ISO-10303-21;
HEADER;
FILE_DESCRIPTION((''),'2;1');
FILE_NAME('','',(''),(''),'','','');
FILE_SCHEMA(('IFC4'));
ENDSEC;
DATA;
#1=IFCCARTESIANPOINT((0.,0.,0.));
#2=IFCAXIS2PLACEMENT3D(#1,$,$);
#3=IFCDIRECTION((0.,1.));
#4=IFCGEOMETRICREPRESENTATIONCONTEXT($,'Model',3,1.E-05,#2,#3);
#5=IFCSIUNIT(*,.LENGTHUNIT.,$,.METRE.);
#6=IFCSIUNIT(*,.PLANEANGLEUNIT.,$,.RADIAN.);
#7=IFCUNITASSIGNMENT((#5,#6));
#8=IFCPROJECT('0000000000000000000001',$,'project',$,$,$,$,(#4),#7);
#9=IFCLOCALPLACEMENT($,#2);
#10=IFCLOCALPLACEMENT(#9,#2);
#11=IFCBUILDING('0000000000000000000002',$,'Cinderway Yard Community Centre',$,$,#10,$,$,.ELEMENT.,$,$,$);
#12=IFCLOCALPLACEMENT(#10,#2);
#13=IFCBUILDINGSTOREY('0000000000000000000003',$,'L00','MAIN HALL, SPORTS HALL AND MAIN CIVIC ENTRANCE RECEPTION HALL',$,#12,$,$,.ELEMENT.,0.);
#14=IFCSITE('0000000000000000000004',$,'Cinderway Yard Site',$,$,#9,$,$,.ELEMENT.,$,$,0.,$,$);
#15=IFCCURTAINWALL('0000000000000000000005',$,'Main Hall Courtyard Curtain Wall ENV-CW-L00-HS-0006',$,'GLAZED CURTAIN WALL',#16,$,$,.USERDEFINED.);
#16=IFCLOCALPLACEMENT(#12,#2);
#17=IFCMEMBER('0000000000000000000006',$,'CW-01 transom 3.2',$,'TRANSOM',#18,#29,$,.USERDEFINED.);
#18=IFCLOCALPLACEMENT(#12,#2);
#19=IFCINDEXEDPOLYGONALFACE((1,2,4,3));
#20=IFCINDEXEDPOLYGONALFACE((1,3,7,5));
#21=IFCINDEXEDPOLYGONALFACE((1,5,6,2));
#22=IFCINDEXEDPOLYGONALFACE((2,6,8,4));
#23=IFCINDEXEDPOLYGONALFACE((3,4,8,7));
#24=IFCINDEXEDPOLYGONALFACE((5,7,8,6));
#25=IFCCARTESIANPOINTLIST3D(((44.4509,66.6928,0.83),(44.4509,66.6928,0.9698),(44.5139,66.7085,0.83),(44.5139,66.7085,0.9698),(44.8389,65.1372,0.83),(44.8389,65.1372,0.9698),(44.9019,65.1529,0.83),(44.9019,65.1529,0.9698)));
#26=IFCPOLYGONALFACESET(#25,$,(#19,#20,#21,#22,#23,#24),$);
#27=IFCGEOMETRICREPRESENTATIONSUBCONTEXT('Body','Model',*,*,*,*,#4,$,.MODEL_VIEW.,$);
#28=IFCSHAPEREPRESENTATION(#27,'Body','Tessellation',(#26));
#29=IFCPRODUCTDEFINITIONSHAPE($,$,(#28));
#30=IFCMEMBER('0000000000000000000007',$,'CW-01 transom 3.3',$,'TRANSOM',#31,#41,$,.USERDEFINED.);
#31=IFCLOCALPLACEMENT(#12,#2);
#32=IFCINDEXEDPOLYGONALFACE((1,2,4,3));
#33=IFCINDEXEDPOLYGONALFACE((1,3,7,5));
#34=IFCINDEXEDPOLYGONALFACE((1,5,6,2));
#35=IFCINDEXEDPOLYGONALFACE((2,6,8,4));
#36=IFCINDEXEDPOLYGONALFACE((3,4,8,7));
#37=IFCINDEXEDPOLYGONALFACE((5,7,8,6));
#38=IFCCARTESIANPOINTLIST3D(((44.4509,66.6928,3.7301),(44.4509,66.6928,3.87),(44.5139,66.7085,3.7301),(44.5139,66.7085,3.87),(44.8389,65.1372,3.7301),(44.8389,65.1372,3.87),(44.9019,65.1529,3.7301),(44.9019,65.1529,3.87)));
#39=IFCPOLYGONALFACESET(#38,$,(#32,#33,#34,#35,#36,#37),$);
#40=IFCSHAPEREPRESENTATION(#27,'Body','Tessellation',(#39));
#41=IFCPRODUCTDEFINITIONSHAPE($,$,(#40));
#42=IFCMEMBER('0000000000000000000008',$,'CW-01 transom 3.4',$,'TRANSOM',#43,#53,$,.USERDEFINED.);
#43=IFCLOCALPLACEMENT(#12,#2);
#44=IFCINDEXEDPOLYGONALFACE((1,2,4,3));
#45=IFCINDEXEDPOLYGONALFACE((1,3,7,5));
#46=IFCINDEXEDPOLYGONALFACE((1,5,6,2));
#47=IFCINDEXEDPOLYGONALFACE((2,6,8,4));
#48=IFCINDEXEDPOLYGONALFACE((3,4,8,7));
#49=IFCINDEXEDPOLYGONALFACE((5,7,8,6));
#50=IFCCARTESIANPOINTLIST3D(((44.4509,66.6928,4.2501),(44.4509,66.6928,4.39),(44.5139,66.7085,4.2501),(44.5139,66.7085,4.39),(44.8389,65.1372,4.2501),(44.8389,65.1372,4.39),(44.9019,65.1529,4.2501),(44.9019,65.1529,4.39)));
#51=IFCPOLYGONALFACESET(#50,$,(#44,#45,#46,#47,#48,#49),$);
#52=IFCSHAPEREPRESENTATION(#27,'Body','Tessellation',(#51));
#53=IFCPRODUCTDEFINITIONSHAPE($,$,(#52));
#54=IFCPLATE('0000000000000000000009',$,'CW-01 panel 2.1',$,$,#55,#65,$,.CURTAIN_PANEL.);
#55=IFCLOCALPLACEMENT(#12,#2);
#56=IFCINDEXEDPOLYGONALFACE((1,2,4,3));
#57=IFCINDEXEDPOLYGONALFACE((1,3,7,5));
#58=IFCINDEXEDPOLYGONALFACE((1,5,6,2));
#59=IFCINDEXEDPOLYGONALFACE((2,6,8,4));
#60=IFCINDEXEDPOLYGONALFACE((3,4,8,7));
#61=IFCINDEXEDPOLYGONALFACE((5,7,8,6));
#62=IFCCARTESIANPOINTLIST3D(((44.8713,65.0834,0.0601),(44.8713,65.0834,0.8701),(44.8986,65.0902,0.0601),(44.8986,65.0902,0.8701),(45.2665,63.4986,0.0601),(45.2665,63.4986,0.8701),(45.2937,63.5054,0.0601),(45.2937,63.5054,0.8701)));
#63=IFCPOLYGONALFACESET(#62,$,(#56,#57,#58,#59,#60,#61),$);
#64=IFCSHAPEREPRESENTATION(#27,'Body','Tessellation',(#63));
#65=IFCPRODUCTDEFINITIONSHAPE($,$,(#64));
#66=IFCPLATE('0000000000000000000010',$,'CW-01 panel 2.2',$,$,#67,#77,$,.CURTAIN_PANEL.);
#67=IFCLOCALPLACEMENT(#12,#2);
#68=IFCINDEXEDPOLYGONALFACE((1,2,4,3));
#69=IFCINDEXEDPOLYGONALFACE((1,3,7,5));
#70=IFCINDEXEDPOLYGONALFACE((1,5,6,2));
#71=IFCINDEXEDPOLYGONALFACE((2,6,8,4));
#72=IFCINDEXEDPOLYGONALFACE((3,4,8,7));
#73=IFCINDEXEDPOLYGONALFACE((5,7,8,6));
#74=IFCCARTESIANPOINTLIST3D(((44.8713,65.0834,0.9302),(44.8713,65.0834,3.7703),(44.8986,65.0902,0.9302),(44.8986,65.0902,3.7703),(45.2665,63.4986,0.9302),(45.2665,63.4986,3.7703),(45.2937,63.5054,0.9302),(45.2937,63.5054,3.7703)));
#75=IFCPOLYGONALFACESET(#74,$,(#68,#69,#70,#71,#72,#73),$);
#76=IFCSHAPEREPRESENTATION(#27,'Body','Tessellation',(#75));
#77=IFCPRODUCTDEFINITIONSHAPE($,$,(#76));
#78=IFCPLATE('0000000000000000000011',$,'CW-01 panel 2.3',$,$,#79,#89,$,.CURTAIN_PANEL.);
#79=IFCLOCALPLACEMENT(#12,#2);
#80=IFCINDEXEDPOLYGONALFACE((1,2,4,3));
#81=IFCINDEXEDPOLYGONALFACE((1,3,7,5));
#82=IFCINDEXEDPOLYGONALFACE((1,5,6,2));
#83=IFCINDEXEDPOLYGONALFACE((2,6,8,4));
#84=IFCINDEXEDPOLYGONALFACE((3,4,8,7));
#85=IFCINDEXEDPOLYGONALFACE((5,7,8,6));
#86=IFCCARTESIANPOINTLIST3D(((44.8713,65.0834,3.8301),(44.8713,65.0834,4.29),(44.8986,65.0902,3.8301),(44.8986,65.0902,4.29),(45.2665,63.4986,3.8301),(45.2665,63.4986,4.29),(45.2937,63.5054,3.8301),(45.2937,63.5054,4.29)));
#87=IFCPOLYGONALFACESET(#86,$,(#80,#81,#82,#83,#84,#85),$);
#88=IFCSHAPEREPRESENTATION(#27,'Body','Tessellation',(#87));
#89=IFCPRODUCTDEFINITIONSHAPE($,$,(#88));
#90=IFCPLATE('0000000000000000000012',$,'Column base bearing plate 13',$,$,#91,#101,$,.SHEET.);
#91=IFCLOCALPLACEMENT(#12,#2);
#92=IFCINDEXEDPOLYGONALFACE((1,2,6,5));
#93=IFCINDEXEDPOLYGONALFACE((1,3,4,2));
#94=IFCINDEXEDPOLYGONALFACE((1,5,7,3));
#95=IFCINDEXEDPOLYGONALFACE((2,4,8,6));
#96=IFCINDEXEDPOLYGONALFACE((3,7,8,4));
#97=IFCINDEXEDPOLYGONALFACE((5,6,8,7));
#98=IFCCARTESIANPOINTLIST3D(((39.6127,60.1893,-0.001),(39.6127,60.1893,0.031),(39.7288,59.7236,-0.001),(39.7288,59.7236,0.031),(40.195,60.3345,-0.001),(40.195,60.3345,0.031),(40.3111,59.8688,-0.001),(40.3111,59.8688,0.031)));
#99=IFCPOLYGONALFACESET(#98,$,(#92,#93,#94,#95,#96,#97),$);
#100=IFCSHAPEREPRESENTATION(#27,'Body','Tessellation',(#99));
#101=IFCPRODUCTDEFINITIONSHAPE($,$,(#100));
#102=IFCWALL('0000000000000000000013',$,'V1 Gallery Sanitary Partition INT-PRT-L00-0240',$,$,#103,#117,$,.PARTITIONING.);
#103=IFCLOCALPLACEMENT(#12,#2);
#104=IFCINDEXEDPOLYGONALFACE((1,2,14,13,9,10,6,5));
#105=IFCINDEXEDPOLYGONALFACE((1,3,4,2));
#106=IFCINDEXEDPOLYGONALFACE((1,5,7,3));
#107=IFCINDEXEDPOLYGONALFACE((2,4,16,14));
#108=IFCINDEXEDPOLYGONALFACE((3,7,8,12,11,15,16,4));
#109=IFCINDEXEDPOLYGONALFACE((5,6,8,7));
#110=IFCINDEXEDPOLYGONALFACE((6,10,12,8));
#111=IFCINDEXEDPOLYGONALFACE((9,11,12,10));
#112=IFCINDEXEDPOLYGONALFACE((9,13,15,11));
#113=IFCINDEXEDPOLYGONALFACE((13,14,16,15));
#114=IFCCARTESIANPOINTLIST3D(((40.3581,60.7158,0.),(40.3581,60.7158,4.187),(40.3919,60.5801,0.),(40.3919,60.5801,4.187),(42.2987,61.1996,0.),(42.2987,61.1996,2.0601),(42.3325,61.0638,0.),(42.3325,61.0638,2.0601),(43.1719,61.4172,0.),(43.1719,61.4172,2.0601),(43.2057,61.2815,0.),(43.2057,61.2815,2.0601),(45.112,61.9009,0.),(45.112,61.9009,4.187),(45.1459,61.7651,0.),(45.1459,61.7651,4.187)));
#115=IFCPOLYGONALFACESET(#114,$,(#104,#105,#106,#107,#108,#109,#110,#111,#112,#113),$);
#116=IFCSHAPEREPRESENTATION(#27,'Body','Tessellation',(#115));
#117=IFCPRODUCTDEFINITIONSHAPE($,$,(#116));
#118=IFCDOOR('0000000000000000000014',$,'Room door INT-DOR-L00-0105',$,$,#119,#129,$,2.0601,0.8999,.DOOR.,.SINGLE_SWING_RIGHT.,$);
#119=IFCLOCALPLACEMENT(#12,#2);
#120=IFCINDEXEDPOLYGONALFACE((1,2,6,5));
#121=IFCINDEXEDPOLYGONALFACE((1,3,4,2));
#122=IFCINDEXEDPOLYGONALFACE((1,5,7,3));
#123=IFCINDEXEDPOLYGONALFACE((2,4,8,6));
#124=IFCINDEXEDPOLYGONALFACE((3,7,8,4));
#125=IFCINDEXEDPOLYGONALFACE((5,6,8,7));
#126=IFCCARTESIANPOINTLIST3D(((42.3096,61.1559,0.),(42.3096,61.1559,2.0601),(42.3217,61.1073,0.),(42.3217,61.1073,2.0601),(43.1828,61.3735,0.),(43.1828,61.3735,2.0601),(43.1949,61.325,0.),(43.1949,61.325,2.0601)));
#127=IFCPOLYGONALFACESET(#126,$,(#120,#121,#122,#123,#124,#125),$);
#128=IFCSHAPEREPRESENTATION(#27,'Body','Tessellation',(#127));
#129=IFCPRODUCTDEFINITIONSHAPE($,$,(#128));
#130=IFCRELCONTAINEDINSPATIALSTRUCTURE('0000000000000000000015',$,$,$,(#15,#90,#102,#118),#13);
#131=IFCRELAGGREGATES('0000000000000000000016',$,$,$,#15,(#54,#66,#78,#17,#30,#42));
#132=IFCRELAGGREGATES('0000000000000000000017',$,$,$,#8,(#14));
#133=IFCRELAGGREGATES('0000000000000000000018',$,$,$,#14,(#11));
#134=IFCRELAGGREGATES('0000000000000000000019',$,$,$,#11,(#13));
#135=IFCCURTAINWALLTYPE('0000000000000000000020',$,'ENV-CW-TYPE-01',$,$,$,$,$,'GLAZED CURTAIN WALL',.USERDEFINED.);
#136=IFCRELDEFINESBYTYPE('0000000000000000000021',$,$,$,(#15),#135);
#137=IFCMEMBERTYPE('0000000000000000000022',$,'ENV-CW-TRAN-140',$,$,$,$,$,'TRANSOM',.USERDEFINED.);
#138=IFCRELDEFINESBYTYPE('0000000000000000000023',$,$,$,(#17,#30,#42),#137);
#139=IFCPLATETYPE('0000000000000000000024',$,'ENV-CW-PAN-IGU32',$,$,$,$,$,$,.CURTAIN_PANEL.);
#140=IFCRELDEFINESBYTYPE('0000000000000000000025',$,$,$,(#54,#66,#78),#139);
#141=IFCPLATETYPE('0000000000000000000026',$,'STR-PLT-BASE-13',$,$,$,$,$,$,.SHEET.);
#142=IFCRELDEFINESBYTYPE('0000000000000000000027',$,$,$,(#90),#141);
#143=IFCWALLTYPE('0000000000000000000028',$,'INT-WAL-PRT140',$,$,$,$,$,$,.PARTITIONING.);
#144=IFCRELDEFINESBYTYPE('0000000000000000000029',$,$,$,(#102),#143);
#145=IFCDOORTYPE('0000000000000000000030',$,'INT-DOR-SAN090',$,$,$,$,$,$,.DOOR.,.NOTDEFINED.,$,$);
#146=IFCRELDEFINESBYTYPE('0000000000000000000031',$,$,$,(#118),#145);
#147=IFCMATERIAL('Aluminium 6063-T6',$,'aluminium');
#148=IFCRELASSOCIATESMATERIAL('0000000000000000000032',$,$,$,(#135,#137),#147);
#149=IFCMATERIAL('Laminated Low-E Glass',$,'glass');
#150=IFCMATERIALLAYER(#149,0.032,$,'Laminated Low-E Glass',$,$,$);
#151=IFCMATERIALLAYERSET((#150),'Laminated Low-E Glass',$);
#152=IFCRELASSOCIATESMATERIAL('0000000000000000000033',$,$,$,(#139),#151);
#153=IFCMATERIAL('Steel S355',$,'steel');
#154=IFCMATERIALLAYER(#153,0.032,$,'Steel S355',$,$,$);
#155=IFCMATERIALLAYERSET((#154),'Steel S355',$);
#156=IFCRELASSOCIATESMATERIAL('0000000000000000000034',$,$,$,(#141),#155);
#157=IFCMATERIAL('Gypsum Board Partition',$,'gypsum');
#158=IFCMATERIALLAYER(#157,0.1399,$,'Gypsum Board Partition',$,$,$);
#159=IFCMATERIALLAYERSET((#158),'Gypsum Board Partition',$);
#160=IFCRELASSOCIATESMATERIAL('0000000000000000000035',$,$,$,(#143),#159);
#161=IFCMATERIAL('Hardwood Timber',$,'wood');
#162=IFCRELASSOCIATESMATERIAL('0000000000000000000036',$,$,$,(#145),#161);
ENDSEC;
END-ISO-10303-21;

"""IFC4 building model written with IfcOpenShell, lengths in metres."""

from ifc_helpers import new_model, si_unit, direction, frame, frame_2d, origin, origin_2d, place, context, subcontext, project, spatial, rectangle, extrude, material, layer, layer_set, material_profile, profile_set, type_object, element, fill, aggregate, save


model = new_model("IFC4")

# Units and contexts
model_context = context("Model", 3, precision=1e-05, world=origin(), true_north=direction((0.0, 1.0)))
body_context = subcontext(model_context, "Body", "Model", "MODEL_VIEW")
ifc_project = project(units=[si_unit("LENGTHUNIT", "METRE"), si_unit("PLANEANGLEUNIT", "RADIAN")], contexts=[model_context])

# Site, building, storey
site_placement = place(None, origin())
site = spatial("IfcSite", under=ifc_project, at=site_placement, Name="Cinderway Yard Site", CompositionType="ELEMENT", RefElevation=0.0)
building_placement = place(site_placement, origin())
building = spatial("IfcBuilding", under=site, at=building_placement, Name="Cinderway Yard Community Centre", CompositionType="ELEMENT")
storey_placement = place(building_placement, origin())
storey = spatial("IfcBuildingStorey", under=building, at=storey_placement, Name="L00", Description="MAIN HALL, SPORTS HALL AND MAIN CIVIC ENTRANCE RECEPTION HALL", CompositionType="ELEMENT", Elevation=0.0)

# Curtain wall, members, plates
ifc_material_1 = material(Name="Aluminium 6063-T6", Category="aluminium")
curtain_wall_type = type_object("IfcCurtainWallType", Name="ENV-CW-TYPE-01", ElementType="GLAZED CURTAIN WALL", PredefinedType="USERDEFINED", material=ifc_material_1)
curtain_wall_placement = place(storey_placement, origin())
curtain_wall = element("IfcCurtainWall", 1, at=curtain_wall_placement, inside=storey, type_object=curtain_wall_type, Name="Main Hall Courtyard Curtain Wall ENV-CW-L00-HS-0006", ObjectType="GLAZED CURTAIN WALL", PredefinedType="USERDEFINED")
ifc_material_profile_1 = material_profile(ifc_material_1, rectangle(XDim=0.0649, YDim=0.1399, at=origin_2d()), Name="Aluminium 6063-T6")
ifc_profile_set_1 = profile_set([ifc_material_profile_1], Name="Aluminium 6063-T6")
member_type_1 = type_object("IfcMemberType", Name="ENV-CW-TRAN-140", ElementType="TRANSOM", PredefinedType="USERDEFINED", material=ifc_profile_set_1)
member_1_placement = place(storey_placement, frame((44.8704, 65.145, 0.8999), z_axis=(-0.241962, 0.970286, 0.0), x_axis=(-0.970286, -0.241962, 0.0)))
member_1 = element("IfcMember", 2, at=member_1_placement, type_object=member_type_1, Name="CW-01 transom 3.2", ObjectType="TRANSOM", PredefinedType="USERDEFINED", context=body_context, shape_type="SweptSolid", body=[
    extrude(rectangle(XDim=0.0649, YDim=0.1399, at=origin_2d()), origin(), (0.0, 0.0, 1.0), 1.6033),
])
member_2_placement = place(storey_placement, frame((44.8704, 65.145, 3.8), z_axis=(-0.241962, 0.970286, 0.0), x_axis=(-0.970286, -0.241962, 0.0)))
member_2 = element("IfcMember", 3, at=member_2_placement, type_object=member_type_1, Name="CW-01 transom 3.3", ObjectType="TRANSOM", PredefinedType="USERDEFINED", context=body_context, shape_type="SweptSolid", body=[
    extrude(rectangle(XDim=0.0649, YDim=0.1399, at=origin_2d()), origin(), (0.0, 0.0, 1.0), 1.6033),
])
member_3_placement = place(storey_placement, frame((44.8704, 65.145, 4.3201), z_axis=(-0.241962, 0.970286, 0.0), x_axis=(-0.970286, -0.241962, 0.0)))
member_3 = element("IfcMember", 4, at=member_3_placement, type_object=member_type_1, Name="CW-01 transom 3.4", ObjectType="TRANSOM", PredefinedType="USERDEFINED", context=body_context, shape_type="SweptSolid", body=[
    extrude(rectangle(XDim=0.0649, YDim=0.1399, at=origin_2d()), origin(), (0.0, 0.0, 1.0), 1.6033),
])
ifc_material_2 = material(Name="Laminated Low-E Glass", Category="glass")
ifc_layer_1 = layer(ifc_material_2, 0.032, Name="Laminated Low-E Glass")
ifc_layer_set_1 = layer_set([ifc_layer_1], Name="Laminated Low-E Glass")
plate_type_1 = type_object("IfcPlateType", Name="ENV-CW-PAN-IGU32", PredefinedType="CURTAIN_PANEL", material=ifc_layer_set_1)
plate_1_placement = place(storey_placement, frame((45.0825, 64.2944, 0.0601), z_axis=(0.0, 0.0, 1.0), x_axis=(-0.241933, 0.970293, 0.0)))
plate_1 = element("IfcPlate", 5, at=plate_1_placement, type_object=plate_type_1, Name="CW-01 panel 2.1", PredefinedType="CURTAIN_PANEL", context=body_context, shape_type="SweptSolid", body=[
    extrude(rectangle(XDim=1.6333, YDim=0.0281, at=origin_2d()), origin(), (0.0, 0.0, 1.0), 0.8101),
])
plate_2_placement = place(storey_placement, frame((45.0825, 64.2944, 0.9302), z_axis=(0.0, 0.0, 1.0), x_axis=(-0.241933, 0.970293, 0.0)))
plate_2 = element("IfcPlate", 6, at=plate_2_placement, type_object=plate_type_1, Name="CW-01 panel 2.2", PredefinedType="CURTAIN_PANEL", context=body_context, shape_type="SweptSolid", body=[
    extrude(rectangle(XDim=1.6333, YDim=0.0281, at=origin_2d()), origin(), (0.0, 0.0, 1.0), 2.8401),
])
plate_3_placement = place(storey_placement, frame((45.0825, 64.2944, 3.8301), z_axis=(0.0, 0.0, 1.0), x_axis=(-0.241933, 0.970293, 0.0)))
plate_3 = element("IfcPlate", 7, at=plate_3_placement, type_object=plate_type_1, Name="CW-01 panel 2.3", PredefinedType="CURTAIN_PANEL", context=body_context, shape_type="SweptSolid", body=[
    extrude(rectangle(XDim=1.6333, YDim=0.0281, at=origin_2d()), origin(), (0.0, 0.0, 1.0), 0.46),
])
aggregate(curtain_wall, [plate_1, plate_2, plate_3, member_1, member_2, member_3])

# Plate
ifc_material_3 = material(Name="Steel S355", Category="steel")
ifc_layer_2 = layer(ifc_material_3, 0.032, Name="Steel S355")
ifc_layer_set_2 = layer_set([ifc_layer_2], Name="Steel S355")
plate_type_2 = type_object("IfcPlateType", Name="STR-PLT-BASE-13", PredefinedType="SHEET", material=ifc_layer_set_2)
plate_4_placement = place(storey_placement, frame((39.9619, 60.0291, -0.001), z_axis=(0.0, 0.0, 1.0), x_axis=(0.970296, 0.241922, 0.0)))
element("IfcPlate", 8, at=plate_4_placement, inside=storey, type_object=plate_type_2, Name="Column base bearing plate 13", PredefinedType="SHEET", context=body_context, shape_type="SweptSolid", body=[
    extrude(rectangle(XDim=0.6001, YDim=0.48, at=origin_2d()), origin(), (0.0, 0.0, 1.0), 0.032),
])

# Wall, opening, door
ifc_material_4 = material(Name="Gypsum Board Partition", Category="gypsum")
ifc_layer_3 = layer(ifc_material_4, 0.1399, Name="Gypsum Board Partition")
ifc_layer_set_3 = layer_set([ifc_layer_3], Name="Gypsum Board Partition")
wall_type = type_object("IfcWallType", Name="INT-WAL-PRT140", PredefinedType="PARTITIONING", material=ifc_layer_set_3)
wall_placement = place(storey_placement, frame((40.375, 60.6479, 0.0), z_axis=(0.0, 0.0, 1.0), x_axis=(0.970306, 0.241879, 0.0)))
wall = element("IfcWall", 9, at=wall_placement, inside=storey, type_object=wall_type, Name="V1 Gallery Sanitary Partition INT-PRT-L00-0240", PredefinedType="PARTITIONING", context=body_context, shape_type="SweptSolid", body=[
    extrude(rectangle(XDim=4.8994, YDim=0.1399, at=frame_2d((2.4497, 0.0))), origin(), (0.0, 0.0, 1.0), 4.187),
])
opening_placement = place(wall_placement, frame((2.0, 0.0, 0.0)))
opening = element("IfcOpeningElement", 10, at=opening_placement, cuts=wall, PredefinedType="OPENING", context=body_context, shape_type="SweptSolid", body=[
    extrude(rectangle(XDim=0.8999, YDim=2.0601, at=frame_2d((0.45, 1.03))), frame((0.0, 0.0798, 0.0), z_axis=(0.0, -1.0, 0.0), x_axis=(1.0, 0.0, 0.0)), (0.0, 0.0, 1.0), 0.1599),
])
ifc_material_5 = material(Name="Hardwood Timber", Category="wood")
door_type = type_object("IfcDoorType", Name="INT-DOR-SAN090", OperationType="NOTDEFINED", PredefinedType="DOOR", material=ifc_material_5)
door_placement = place(opening_placement, origin())
door = element("IfcDoor", 11, at=door_placement, inside=storey, type_object=door_type, Name="Room door INT-DOR-L00-0105", OperationType="SINGLE_SWING_RIGHT", OverallHeight=2.0601, OverallWidth=0.8999, PredefinedType="DOOR", context=body_context, shape_type="SweptSolid", body=[
    extrude(rectangle(XDim=0.8999, YDim=2.0601, at=frame_2d((0.45, 1.03))), frame((0.0, 0.0249, 0.0), z_axis=(0.0, -1.0, 0.0), x_axis=(1.0, 0.0, 0.0)), (0.0, 0.0, 1.0), 0.05),
])
fill(opening, door)

save(model, "model.ifc")
